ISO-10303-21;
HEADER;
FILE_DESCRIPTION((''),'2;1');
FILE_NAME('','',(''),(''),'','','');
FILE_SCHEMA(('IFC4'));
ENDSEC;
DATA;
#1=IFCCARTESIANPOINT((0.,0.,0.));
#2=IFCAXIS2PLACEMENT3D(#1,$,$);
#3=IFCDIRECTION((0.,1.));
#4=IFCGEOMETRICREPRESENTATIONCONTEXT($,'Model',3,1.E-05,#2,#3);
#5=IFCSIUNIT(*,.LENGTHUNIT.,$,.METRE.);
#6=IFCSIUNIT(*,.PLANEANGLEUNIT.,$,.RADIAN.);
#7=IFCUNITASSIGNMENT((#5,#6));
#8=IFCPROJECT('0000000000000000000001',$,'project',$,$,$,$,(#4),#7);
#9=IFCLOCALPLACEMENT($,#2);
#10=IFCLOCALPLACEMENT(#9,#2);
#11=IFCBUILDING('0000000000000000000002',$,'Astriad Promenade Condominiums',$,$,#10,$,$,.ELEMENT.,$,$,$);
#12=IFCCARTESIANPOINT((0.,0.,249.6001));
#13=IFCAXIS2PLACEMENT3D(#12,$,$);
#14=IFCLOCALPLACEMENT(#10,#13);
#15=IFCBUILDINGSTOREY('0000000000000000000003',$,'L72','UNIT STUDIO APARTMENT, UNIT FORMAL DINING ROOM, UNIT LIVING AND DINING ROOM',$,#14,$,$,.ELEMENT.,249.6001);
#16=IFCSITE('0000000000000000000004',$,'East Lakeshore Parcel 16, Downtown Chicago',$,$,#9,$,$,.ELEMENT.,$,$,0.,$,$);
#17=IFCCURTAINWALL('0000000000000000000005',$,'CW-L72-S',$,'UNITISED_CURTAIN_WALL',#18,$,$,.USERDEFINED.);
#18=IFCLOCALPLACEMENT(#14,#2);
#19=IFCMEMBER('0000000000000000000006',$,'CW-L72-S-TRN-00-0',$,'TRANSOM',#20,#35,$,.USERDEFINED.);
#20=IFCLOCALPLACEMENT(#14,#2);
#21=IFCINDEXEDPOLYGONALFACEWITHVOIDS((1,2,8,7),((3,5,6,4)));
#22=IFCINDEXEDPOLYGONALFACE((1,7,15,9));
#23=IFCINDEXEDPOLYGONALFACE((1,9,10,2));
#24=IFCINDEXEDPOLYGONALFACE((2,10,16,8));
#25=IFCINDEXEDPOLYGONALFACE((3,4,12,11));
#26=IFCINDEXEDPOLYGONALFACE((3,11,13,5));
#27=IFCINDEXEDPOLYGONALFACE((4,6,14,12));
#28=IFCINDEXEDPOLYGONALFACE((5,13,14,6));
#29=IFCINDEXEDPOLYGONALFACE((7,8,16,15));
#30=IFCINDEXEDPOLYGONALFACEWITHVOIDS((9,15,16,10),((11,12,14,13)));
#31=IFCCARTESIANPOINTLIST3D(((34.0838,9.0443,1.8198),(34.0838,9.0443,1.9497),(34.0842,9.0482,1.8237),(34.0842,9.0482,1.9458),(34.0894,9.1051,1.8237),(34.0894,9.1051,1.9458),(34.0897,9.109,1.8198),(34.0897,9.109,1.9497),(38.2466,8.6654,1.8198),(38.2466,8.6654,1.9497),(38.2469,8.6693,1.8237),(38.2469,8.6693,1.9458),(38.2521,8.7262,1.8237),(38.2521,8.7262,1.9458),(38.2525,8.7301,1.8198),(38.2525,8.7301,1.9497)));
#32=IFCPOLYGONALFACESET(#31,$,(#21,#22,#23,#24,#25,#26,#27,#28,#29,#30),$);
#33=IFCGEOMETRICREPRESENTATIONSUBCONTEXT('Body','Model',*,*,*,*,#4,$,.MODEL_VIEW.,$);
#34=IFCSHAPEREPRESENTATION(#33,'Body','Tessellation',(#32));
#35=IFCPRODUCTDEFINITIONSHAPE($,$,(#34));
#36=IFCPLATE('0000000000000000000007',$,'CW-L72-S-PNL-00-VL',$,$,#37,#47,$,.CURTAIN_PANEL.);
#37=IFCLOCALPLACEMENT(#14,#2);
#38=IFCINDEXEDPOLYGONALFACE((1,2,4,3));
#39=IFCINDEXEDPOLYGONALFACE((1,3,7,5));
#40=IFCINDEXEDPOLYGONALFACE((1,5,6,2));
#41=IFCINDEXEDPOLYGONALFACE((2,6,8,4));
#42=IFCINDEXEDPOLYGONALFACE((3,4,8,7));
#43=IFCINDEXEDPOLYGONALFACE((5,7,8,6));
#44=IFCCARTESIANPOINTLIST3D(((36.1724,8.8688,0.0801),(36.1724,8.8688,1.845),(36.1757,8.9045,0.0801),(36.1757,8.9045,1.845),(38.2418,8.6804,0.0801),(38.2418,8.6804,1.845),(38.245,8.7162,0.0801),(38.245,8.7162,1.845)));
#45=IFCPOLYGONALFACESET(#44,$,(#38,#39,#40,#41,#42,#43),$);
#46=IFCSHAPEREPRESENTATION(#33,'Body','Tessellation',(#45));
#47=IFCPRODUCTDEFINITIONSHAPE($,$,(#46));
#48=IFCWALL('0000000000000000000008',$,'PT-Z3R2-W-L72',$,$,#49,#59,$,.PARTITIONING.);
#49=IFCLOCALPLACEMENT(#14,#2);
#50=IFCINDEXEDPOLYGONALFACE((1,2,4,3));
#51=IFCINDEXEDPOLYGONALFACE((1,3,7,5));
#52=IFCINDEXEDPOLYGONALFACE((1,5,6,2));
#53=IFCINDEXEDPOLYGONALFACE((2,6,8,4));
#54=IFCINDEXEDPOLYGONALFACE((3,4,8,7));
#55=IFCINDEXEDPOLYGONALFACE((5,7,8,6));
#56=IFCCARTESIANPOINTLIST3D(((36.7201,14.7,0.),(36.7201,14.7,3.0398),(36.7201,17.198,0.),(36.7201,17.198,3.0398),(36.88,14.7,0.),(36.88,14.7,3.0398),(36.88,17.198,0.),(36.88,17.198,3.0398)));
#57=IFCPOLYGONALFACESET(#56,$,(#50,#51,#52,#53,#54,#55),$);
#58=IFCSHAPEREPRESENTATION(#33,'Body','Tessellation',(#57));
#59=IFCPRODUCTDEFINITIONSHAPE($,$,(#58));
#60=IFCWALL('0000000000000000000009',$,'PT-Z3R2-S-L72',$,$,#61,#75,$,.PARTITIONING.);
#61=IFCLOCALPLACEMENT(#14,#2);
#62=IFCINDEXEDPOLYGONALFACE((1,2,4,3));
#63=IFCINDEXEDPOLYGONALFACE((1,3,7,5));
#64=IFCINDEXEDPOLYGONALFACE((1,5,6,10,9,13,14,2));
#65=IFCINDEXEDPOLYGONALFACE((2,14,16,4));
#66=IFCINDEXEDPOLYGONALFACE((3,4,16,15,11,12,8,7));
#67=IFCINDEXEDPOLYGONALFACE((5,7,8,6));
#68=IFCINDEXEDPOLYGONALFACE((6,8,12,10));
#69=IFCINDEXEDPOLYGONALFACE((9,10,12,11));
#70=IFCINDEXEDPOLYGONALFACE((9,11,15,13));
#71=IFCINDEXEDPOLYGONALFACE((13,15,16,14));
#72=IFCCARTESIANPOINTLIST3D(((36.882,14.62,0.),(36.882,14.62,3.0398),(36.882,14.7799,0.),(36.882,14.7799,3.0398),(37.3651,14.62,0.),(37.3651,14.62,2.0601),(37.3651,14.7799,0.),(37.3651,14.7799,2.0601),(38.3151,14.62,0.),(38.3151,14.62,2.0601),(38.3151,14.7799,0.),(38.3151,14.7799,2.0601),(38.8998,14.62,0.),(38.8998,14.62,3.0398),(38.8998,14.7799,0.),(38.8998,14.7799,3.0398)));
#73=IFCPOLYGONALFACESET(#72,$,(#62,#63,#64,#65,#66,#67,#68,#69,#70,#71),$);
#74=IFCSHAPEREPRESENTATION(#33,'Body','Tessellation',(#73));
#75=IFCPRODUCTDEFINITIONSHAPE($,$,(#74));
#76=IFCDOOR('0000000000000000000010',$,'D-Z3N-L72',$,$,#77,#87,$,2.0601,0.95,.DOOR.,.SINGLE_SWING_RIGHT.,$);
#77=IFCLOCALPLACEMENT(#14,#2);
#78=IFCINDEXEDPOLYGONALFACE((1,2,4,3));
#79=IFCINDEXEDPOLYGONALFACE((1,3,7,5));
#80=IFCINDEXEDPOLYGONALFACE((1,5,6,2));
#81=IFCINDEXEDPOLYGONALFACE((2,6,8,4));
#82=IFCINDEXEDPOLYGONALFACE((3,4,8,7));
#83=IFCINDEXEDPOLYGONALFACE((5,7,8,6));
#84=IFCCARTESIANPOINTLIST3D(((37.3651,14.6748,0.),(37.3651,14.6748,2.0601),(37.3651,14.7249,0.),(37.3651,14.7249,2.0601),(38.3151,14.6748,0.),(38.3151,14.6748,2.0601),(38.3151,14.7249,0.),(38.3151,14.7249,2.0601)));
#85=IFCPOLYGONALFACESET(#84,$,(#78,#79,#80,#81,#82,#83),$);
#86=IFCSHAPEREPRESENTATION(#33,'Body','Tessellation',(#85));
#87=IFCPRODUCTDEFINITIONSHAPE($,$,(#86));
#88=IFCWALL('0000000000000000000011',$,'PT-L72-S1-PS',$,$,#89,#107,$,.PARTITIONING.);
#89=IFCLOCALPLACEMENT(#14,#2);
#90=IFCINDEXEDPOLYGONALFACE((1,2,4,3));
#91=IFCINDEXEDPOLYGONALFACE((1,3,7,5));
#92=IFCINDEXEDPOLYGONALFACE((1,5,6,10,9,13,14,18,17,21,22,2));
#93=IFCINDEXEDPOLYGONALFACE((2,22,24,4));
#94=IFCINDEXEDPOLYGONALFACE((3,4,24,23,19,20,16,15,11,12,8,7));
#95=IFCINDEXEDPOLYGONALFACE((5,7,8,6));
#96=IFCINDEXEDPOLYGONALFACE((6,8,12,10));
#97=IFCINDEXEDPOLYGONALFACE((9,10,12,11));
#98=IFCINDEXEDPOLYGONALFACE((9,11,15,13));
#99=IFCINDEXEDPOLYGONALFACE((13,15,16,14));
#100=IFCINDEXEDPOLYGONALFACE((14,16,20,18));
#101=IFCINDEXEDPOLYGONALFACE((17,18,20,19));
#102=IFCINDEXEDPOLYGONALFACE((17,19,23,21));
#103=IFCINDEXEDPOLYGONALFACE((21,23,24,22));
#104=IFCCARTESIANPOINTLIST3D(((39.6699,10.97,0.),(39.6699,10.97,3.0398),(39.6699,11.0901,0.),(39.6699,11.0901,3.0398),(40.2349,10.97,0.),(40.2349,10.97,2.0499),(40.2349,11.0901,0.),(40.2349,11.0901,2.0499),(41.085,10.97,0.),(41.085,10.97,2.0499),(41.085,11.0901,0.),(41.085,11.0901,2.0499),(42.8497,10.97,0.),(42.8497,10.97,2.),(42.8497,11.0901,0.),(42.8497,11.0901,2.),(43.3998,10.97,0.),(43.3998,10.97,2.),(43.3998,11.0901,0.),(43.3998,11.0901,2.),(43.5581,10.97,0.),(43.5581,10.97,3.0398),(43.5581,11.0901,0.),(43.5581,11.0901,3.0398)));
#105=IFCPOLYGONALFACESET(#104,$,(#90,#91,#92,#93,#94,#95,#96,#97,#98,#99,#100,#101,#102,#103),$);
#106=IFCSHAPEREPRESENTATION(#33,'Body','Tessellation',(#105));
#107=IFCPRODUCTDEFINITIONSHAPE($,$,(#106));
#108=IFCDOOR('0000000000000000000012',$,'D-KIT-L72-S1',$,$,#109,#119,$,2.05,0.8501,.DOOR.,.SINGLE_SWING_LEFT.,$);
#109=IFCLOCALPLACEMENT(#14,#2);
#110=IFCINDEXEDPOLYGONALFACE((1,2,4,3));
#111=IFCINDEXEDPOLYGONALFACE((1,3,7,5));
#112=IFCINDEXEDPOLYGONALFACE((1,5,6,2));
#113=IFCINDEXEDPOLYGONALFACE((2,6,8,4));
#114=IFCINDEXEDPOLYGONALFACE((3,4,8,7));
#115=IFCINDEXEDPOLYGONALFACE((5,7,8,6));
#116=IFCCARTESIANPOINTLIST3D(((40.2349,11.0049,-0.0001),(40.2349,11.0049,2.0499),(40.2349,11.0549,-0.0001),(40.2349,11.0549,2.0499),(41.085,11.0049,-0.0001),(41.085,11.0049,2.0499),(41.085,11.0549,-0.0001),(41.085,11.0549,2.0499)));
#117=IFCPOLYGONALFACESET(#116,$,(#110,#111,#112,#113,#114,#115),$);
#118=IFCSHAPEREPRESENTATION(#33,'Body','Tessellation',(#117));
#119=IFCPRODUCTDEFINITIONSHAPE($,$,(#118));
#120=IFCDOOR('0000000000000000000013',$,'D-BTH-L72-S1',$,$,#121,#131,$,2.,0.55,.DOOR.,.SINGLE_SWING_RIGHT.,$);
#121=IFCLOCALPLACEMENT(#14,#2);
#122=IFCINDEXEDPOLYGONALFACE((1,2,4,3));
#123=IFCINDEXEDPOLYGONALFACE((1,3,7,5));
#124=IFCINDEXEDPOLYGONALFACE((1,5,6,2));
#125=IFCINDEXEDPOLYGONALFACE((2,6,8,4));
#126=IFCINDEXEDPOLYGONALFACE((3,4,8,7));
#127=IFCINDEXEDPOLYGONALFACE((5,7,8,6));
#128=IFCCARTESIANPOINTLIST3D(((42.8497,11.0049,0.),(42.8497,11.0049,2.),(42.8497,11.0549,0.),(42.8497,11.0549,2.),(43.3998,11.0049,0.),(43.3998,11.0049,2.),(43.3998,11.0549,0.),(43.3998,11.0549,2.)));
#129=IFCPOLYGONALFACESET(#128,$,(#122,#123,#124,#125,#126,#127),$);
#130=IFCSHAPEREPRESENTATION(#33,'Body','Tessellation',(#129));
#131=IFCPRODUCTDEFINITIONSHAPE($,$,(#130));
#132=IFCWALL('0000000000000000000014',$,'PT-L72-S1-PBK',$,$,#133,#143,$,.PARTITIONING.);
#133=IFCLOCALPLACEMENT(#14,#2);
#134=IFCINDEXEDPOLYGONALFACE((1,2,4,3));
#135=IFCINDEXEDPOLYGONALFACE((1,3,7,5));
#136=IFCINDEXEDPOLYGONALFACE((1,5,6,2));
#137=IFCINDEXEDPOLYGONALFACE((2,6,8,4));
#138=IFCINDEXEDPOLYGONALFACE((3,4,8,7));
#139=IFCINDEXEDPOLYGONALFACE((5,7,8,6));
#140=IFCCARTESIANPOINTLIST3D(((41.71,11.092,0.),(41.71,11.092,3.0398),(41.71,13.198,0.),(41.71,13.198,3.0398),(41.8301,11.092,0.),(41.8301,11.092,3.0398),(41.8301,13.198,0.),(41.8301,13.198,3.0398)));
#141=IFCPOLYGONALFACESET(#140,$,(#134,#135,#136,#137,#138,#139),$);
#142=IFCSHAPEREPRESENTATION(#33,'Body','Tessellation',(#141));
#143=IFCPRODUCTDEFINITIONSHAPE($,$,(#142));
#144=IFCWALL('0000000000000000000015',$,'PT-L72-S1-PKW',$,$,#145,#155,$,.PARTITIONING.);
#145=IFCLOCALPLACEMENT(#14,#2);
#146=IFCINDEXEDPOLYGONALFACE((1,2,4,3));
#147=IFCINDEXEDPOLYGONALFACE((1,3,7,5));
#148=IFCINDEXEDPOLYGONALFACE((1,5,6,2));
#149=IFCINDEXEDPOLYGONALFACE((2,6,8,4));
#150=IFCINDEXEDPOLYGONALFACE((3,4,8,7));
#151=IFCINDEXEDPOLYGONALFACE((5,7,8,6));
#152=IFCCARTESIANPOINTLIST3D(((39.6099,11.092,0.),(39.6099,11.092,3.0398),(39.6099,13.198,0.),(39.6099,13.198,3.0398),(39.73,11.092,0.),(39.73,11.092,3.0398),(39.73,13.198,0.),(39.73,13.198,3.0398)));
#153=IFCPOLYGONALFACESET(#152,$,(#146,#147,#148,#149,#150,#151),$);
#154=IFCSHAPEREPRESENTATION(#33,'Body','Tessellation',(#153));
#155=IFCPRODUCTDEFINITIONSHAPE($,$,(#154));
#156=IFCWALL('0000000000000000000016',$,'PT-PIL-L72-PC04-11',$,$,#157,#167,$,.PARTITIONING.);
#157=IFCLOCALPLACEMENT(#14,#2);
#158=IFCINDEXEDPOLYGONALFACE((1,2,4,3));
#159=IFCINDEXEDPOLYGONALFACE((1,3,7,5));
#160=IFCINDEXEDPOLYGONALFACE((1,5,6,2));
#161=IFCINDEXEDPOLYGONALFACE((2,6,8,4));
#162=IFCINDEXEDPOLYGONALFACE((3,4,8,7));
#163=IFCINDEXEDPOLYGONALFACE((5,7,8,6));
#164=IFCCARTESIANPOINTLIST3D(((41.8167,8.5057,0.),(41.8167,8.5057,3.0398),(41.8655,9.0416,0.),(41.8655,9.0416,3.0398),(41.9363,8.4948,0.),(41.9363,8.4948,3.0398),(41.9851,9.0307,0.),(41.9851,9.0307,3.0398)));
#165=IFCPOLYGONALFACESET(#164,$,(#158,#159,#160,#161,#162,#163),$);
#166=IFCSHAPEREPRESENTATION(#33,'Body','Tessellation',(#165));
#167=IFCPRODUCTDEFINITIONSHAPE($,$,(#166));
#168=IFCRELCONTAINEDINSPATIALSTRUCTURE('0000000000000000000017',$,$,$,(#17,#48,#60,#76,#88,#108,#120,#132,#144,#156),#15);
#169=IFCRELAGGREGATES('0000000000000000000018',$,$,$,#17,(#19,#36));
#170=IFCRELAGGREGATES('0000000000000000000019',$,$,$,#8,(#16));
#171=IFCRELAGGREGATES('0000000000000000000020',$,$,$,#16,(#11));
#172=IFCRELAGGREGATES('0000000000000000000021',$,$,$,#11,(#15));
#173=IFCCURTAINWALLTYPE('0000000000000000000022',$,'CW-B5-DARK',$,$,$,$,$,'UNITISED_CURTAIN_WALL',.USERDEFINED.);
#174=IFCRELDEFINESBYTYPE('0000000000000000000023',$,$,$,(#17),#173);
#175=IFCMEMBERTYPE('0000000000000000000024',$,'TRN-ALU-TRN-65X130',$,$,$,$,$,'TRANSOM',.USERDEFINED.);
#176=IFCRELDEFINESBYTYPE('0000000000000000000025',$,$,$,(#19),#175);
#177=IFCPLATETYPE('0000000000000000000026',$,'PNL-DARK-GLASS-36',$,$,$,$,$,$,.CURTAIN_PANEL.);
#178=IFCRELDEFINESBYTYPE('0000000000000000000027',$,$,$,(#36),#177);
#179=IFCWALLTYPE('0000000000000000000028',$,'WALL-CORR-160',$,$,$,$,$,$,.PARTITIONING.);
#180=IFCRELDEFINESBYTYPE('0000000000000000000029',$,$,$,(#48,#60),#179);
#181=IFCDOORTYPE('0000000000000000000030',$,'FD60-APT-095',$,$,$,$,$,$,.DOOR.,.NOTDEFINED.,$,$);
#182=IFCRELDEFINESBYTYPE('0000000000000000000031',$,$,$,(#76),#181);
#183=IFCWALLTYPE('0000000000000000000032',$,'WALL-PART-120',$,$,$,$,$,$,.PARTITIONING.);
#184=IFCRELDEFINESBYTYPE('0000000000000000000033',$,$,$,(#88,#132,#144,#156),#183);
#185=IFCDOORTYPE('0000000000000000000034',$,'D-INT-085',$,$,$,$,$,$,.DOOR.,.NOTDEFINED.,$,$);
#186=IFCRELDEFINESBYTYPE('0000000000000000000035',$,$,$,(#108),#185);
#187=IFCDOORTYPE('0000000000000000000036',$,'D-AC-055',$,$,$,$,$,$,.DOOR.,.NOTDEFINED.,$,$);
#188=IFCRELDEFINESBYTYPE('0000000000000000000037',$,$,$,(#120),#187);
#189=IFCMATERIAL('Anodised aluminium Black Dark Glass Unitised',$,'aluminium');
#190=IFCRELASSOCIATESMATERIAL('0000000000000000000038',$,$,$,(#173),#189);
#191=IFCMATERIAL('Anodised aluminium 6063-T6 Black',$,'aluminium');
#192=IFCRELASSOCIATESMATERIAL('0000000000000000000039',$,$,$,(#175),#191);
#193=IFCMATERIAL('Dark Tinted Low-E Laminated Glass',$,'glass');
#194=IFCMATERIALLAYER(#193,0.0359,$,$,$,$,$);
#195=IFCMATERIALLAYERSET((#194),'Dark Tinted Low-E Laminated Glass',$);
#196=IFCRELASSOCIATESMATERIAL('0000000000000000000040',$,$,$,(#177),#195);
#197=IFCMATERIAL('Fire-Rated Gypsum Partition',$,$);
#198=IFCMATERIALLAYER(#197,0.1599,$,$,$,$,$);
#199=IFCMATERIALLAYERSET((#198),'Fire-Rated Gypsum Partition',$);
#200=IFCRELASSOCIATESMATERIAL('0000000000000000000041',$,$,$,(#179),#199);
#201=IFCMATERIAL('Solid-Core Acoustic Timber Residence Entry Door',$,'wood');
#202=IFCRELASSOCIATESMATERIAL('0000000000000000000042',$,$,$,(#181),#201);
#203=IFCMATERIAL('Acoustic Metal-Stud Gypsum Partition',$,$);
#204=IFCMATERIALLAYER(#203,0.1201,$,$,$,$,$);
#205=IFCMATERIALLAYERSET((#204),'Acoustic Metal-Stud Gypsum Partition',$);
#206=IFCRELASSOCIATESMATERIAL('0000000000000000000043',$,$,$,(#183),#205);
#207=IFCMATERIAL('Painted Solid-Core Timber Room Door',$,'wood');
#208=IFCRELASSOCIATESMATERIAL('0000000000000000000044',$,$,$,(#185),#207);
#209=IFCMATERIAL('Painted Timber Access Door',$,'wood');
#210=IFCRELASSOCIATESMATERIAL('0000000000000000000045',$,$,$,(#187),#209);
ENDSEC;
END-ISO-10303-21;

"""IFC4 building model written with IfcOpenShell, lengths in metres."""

from ifc_helpers import new_model, si_unit, direction, frame, frame_2d, origin, origin_2d, place, context, subcontext, project, spatial, rectangle, hollow_rectangle, extrude, source, transform, mapped, material, layer, layer_set, material_profile, profile_set, type_object, type_shapes, element, fill, aggregate, save


model = new_model("IFC4")

# Units and contexts
model_context = context("Model", 3, precision=1e-05, world=origin(), true_north=direction((0.0, 1.0)))
body_context = subcontext(model_context, "Body", "Model", "MODEL_VIEW")
ifc_project = project(units=[si_unit("LENGTHUNIT", "METRE"), si_unit("PLANEANGLEUNIT", "RADIAN")], contexts=[model_context])

# Site, building, storey
site_placement = place(None, origin())
site = spatial("IfcSite", under=ifc_project, at=site_placement, Name="East Lakeshore Parcel 16, Downtown Chicago", CompositionType="ELEMENT", RefElevation=0.0)
building_placement = place(site_placement, origin())
building = spatial("IfcBuilding", under=site, at=building_placement, Name="Astriad Promenade Condominiums", CompositionType="ELEMENT")
storey_placement = place(building_placement, frame((0.0, 0.0, 249.6001)))
storey = spatial("IfcBuildingStorey", under=building, at=storey_placement, Name="L72", Description="UNIT STUDIO APARTMENT, UNIT FORMAL DINING ROOM, UNIT LIVING AND DINING ROOM", CompositionType="ELEMENT", Elevation=249.6001)

# Curtain wall, member, plate
ifc_material_1 = material(Name="Anodised aluminium Black Dark Glass Unitised", Category="aluminium")
curtain_wall_type = type_object("IfcCurtainWallType", Name="CW-B5-DARK", ElementType="UNITISED_CURTAIN_WALL", PredefinedType="USERDEFINED", material=ifc_material_1)
curtain_wall_placement = place(storey_placement, origin())
curtain_wall = element("IfcCurtainWall", 1, at=curtain_wall_placement, inside=storey, type_object=curtain_wall_type, Name="CW-L72-S", ObjectType="UNITISED_CURTAIN_WALL", PredefinedType="USERDEFINED")
ifc_material_2 = material(Name="Anodised aluminium 6063-T6 Black", Category="aluminium")
ifc_material_profile_1 = material_profile(ifc_material_2, hollow_rectangle(XDim=0.0649, YDim=0.1299, WallThickness=0.0039, at=origin_2d()), Name="ALU-TRN-65X130")
ifc_profile_set_1 = profile_set([ifc_material_profile_1], Name="Anodised aluminium 6063-T6 Black")
member_type_1 = type_object("IfcMemberType", Name="TRN-ALU-TRN-65X130", ElementType="TRANSOM", PredefinedType="USERDEFINED", material=ifc_profile_set_1)
shared_shape_1 = source(origin(), body_context, "Body", "SweptSolid", [
    extrude(hollow_rectangle(XDim=0.0649, YDim=0.1299, WallThickness=0.0039, at=origin_2d()), origin(), (0.0, 0.0, 1.0), 4.1799),
])
type_shapes(member_type_1, [shared_shape_1])
member_1_placement = place(storey_placement, frame((38.2495, 8.6978, 1.8848), z_axis=(-0.995883, 0.090646, 0.0), x_axis=(-0.090646, -0.995883, 0.0)))
member_1 = element("IfcMember", 2, at=member_1_placement, type_object=member_type_1, Name="CW-L72-S-TRN-00-0", ObjectType="TRANSOM", PredefinedType="USERDEFINED", context=body_context, shape_type="MappedRepresentation", body=[
    mapped(shared_shape_1, transform((0.0, 0.0, 0.0), scale=1.0)),
])
ifc_material_3 = material(Name="Dark Tinted Low-E Laminated Glass", Category="glass")
ifc_layer_1 = layer(ifc_material_3, 0.0359)
ifc_layer_set_1 = layer_set([ifc_layer_1], Name="Dark Tinted Low-E Laminated Glass")
plate_type = type_object("IfcPlateType", Name="PNL-DARK-GLASS-36", PredefinedType="CURTAIN_PANEL", material=ifc_layer_set_1)
shared_shape_2 = source(origin(), body_context, "Body", "SweptSolid", [
    extrude(rectangle(XDim=2.0779, YDim=0.0359, at=origin_2d()), origin(), (0.0, 0.0, 1.0), 1.7649),
])
type_shapes(plate_type, [shared_shape_2])
plate_placement = place(storey_placement, frame((37.2087, 8.7925, 0.0801), z_axis=(0.0, 0.0, 1.0), x_axis=(-0.995884, 0.090633, 0.0)))
plate = element("IfcPlate", 3, at=plate_placement, type_object=plate_type, Name="CW-L72-S-PNL-00-VL", PredefinedType="CURTAIN_PANEL", context=body_context, shape_type="MappedRepresentation", body=[
    mapped(shared_shape_2, transform((0.0, 0.0, 0.0), scale=1.0)),
])
aggregate(curtain_wall, [member_1, plate])

# Wall
ifc_material_4 = material(Name="Fire-Rated Gypsum Partition")
ifc_layer_2 = layer(ifc_material_4, 0.1599)
ifc_layer_set_2 = layer_set([ifc_layer_2], Name="Fire-Rated Gypsum Partition")
wall_type_1 = type_object("IfcWallType", Name="WALL-CORR-160", PredefinedType="PARTITIONING", material=ifc_layer_set_2)
wall_1_placement = place(storey_placement, frame((36.8, 14.7, 0.0), z_axis=(0.0, 0.0, 1.0), x_axis=(0.0, 1.0, 0.0)))
element("IfcWall", 4, at=wall_1_placement, inside=storey, type_object=wall_type_1, Name="PT-Z3R2-W-L72", PredefinedType="PARTITIONING", context=body_context, shape_type="SweptSolid", body=[
    extrude(rectangle(XDim=2.498, YDim=0.1599, at=frame_2d((1.249, 0.0))), origin(), (0.0, 0.0, 1.0), 3.0398),
])

# Wall, opening, door
wall_2_placement = place(storey_placement, frame((36.8821, 14.7, 0.0), z_axis=(0.0, 0.0, 1.0), x_axis=(1.0, 0.0, 0.0)))
wall_2 = element("IfcWall", 5, at=wall_2_placement, inside=storey, type_object=wall_type_1, Name="PT-Z3R2-S-L72", PredefinedType="PARTITIONING", context=body_context, shape_type="SweptSolid", body=[
    extrude(rectangle(XDim=2.0178, YDim=0.1599, at=frame_2d((1.0088, 0.0))), origin(), (0.0, 0.0, 1.0), 3.0398),
])
opening_1_placement = place(wall_2_placement, frame((0.4829, 0.0, 0.0)))
opening_1 = element("IfcOpeningElement", 6, at=opening_1_placement, cuts=wall_2, PredefinedType="OPENING", context=body_context, shape_type="SweptSolid", body=[
    extrude(rectangle(XDim=0.95, YDim=2.0601, at=frame_2d((0.4751, 1.03))), frame((0.0, 0.0898, 0.0), z_axis=(0.0, -1.0, 0.0), x_axis=(1.0, 0.0, 0.0)), (0.0, 0.0, 1.0), 0.1799),
])
ifc_material_5 = material(Name="Solid-Core Acoustic Timber Residence Entry Door", Category="wood")
door_type_1 = type_object("IfcDoorType", Name="FD60-APT-095", OperationType="NOTDEFINED", PredefinedType="DOOR", material=ifc_material_5)
shared_shape_3 = source(origin(), body_context, "Body", "SweptSolid", [
    extrude(rectangle(XDim=0.95, YDim=2.0601, at=frame_2d((0.4751, 1.03))), frame((0.0, 0.0249, 0.0), z_axis=(0.0, -1.0, 0.0), x_axis=(1.0, 0.0, 0.0)), (0.0, 0.0, 1.0), 0.05),
])
type_shapes(door_type_1, [shared_shape_3])
door_1_placement = place(opening_1_placement, origin())
door_1 = element("IfcDoor", 7, at=door_1_placement, inside=storey, type_object=door_type_1, Name="D-Z3N-L72", OperationType="SINGLE_SWING_RIGHT", OverallHeight=2.0601, OverallWidth=0.95, PredefinedType="DOOR", context=body_context, shape_type="MappedRepresentation", body=[
    mapped(shared_shape_3, transform((0.0, 0.0, 0.0), scale=1.0)),
])
fill(opening_1, door_1)

# Wall, openings, doors
ifc_material_6 = material(Name="Acoustic Metal-Stud Gypsum Partition")
ifc_layer_3 = layer(ifc_material_6, 0.1201)
ifc_layer_set_3 = layer_set([ifc_layer_3], Name="Acoustic Metal-Stud Gypsum Partition")
wall_type_2 = type_object("IfcWallType", Name="WALL-PART-120", PredefinedType="PARTITIONING", material=ifc_layer_set_3)
wall_3_placement = place(storey_placement, frame((39.6699, 11.03, 0.0), z_axis=(0.0, 0.0, 1.0), x_axis=(1.0, 0.0, 0.0)))
wall_3 = element("IfcWall", 8, at=wall_3_placement, inside=storey, type_object=wall_type_2, Name="PT-L72-S1-PS", PredefinedType="PARTITIONING", context=body_context, shape_type="SweptSolid", body=[
    extrude(rectangle(XDim=3.8882, YDim=0.1201, at=frame_2d((1.9441, 0.0))), origin(), (0.0, 0.0, 1.0), 3.0398),
])
opening_2_placement = place(wall_3_placement, frame((0.5649, 0.0, 0.0)))
opening_2 = element("IfcOpeningElement", 9, at=opening_2_placement, cuts=wall_3, PredefinedType="OPENING", context=body_context, shape_type="SweptSolid", body=[
    extrude(rectangle(XDim=0.8501, YDim=2.05, at=frame_2d((0.425, 1.0249))), frame((0.0, 0.0701, 0.0), z_axis=(0.0, -1.0, 0.0), x_axis=(1.0, 0.0, 0.0)), (0.0, 0.0, 1.0), 0.1401),
])
opening_3_placement = place(wall_3_placement, frame((3.1799, 0.0, 0.0)))
opening_3 = element("IfcOpeningElement", 10, at=opening_3_placement, cuts=wall_3, PredefinedType="OPENING", context=body_context, shape_type="SweptSolid", body=[
    extrude(rectangle(XDim=0.55, YDim=2.0, at=frame_2d((0.2749, 1.0))), frame((0.0, 0.0701, 0.0), z_axis=(0.0, -1.0, 0.0), x_axis=(1.0, 0.0, 0.0)), (0.0, 0.0, 1.0), 0.1401),
])
ifc_material_7 = material(Name="Painted Solid-Core Timber Room Door", Category="wood")
door_type_2 = type_object("IfcDoorType", Name="D-INT-085", OperationType="NOTDEFINED", PredefinedType="DOOR", material=ifc_material_7)
shared_shape_4 = source(origin(), body_context, "Body", "SweptSolid", [
    extrude(rectangle(XDim=0.8501, YDim=2.05, at=frame_2d((0.425, 1.0249))), frame((0.0, 0.0249, 0.0), z_axis=(0.0, -1.0, 0.0), x_axis=(1.0, 0.0, 0.0)), (0.0, 0.0, 1.0), 0.05),
])
type_shapes(door_type_2, [shared_shape_4])
door_2_placement = place(opening_2_placement, origin())
door_2 = element("IfcDoor", 11, at=door_2_placement, inside=storey, type_object=door_type_2, Name="D-KIT-L72-S1", OperationType="SINGLE_SWING_LEFT", OverallHeight=2.05, OverallWidth=0.8501, PredefinedType="DOOR", context=body_context, shape_type="MappedRepresentation", body=[
    mapped(shared_shape_4, transform((0.0, 0.0, 0.0), scale=1.0)),
])
fill(opening_2, door_2)
ifc_material_8 = material(Name="Painted Timber Access Door", Category="wood")
door_type_3 = type_object("IfcDoorType", Name="D-AC-055", OperationType="NOTDEFINED", PredefinedType="DOOR", material=ifc_material_8)
shared_shape_5 = source(origin(), body_context, "Body", "SweptSolid", [
    extrude(rectangle(XDim=0.55, YDim=2.0, at=frame_2d((0.2749, 1.0))), frame((0.0, 0.0249, 0.0), z_axis=(0.0, -1.0, 0.0), x_axis=(1.0, 0.0, 0.0)), (0.0, 0.0, 1.0), 0.05),
])
type_shapes(door_type_3, [shared_shape_5])
door_3_placement = place(opening_3_placement, origin())
door_3 = element("IfcDoor", 12, at=door_3_placement, inside=storey, type_object=door_type_3, Name="D-BTH-L72-S1", OperationType="SINGLE_SWING_RIGHT", OverallHeight=2.0, OverallWidth=0.55, PredefinedType="DOOR", context=body_context, shape_type="MappedRepresentation", body=[
    mapped(shared_shape_5, transform((0.0, 0.0, 0.0), scale=1.0)),
])
fill(opening_3, door_3)

# Walls
for number, where, z_axis, x_axis, name in (
    (13, (41.77, 11.092, 0.0), (0.0, 0.0, 1.0), (0.0, 1.0, 0.0), "PT-L72-S1-PBK"),
    (14, (39.6699, 11.092, 0.0), (0.0, 0.0, 1.0), (0.0, 1.0, 0.0), "PT-L72-S1-PKW"),
):
    element("IfcWall", number, at=place(storey_placement, frame(where, z_axis=z_axis, x_axis=x_axis)), inside=storey, type_object=wall_type_2, Name=name, PredefinedType="PARTITIONING", context=body_context, shape_type="SweptSolid", body=[
        extrude(rectangle(XDim=2.106, YDim=0.1201, at=frame_2d((1.053, 0.0))), origin(), (0.0, 0.0, 1.0), 3.0398),
    ])
wall_4_placement = place(storey_placement, frame((41.9253, 9.0361, 0.0), z_axis=(0.0, 0.0, 1.0), x_axis=(-0.09074, -0.995875, 0.0)))
element("IfcWall", 15, at=wall_4_placement, inside=storey, type_object=wall_type_2, Name="PT-PIL-L72-PC04-11", PredefinedType="PARTITIONING", context=body_context, shape_type="SweptSolid", body=[
    extrude(rectangle(XDim=0.5381, YDim=0.1201, at=frame_2d((0.269, 0.0))), origin(), (0.0, 0.0, 1.0), 3.0398),
])

save(model, "model.ifc")
